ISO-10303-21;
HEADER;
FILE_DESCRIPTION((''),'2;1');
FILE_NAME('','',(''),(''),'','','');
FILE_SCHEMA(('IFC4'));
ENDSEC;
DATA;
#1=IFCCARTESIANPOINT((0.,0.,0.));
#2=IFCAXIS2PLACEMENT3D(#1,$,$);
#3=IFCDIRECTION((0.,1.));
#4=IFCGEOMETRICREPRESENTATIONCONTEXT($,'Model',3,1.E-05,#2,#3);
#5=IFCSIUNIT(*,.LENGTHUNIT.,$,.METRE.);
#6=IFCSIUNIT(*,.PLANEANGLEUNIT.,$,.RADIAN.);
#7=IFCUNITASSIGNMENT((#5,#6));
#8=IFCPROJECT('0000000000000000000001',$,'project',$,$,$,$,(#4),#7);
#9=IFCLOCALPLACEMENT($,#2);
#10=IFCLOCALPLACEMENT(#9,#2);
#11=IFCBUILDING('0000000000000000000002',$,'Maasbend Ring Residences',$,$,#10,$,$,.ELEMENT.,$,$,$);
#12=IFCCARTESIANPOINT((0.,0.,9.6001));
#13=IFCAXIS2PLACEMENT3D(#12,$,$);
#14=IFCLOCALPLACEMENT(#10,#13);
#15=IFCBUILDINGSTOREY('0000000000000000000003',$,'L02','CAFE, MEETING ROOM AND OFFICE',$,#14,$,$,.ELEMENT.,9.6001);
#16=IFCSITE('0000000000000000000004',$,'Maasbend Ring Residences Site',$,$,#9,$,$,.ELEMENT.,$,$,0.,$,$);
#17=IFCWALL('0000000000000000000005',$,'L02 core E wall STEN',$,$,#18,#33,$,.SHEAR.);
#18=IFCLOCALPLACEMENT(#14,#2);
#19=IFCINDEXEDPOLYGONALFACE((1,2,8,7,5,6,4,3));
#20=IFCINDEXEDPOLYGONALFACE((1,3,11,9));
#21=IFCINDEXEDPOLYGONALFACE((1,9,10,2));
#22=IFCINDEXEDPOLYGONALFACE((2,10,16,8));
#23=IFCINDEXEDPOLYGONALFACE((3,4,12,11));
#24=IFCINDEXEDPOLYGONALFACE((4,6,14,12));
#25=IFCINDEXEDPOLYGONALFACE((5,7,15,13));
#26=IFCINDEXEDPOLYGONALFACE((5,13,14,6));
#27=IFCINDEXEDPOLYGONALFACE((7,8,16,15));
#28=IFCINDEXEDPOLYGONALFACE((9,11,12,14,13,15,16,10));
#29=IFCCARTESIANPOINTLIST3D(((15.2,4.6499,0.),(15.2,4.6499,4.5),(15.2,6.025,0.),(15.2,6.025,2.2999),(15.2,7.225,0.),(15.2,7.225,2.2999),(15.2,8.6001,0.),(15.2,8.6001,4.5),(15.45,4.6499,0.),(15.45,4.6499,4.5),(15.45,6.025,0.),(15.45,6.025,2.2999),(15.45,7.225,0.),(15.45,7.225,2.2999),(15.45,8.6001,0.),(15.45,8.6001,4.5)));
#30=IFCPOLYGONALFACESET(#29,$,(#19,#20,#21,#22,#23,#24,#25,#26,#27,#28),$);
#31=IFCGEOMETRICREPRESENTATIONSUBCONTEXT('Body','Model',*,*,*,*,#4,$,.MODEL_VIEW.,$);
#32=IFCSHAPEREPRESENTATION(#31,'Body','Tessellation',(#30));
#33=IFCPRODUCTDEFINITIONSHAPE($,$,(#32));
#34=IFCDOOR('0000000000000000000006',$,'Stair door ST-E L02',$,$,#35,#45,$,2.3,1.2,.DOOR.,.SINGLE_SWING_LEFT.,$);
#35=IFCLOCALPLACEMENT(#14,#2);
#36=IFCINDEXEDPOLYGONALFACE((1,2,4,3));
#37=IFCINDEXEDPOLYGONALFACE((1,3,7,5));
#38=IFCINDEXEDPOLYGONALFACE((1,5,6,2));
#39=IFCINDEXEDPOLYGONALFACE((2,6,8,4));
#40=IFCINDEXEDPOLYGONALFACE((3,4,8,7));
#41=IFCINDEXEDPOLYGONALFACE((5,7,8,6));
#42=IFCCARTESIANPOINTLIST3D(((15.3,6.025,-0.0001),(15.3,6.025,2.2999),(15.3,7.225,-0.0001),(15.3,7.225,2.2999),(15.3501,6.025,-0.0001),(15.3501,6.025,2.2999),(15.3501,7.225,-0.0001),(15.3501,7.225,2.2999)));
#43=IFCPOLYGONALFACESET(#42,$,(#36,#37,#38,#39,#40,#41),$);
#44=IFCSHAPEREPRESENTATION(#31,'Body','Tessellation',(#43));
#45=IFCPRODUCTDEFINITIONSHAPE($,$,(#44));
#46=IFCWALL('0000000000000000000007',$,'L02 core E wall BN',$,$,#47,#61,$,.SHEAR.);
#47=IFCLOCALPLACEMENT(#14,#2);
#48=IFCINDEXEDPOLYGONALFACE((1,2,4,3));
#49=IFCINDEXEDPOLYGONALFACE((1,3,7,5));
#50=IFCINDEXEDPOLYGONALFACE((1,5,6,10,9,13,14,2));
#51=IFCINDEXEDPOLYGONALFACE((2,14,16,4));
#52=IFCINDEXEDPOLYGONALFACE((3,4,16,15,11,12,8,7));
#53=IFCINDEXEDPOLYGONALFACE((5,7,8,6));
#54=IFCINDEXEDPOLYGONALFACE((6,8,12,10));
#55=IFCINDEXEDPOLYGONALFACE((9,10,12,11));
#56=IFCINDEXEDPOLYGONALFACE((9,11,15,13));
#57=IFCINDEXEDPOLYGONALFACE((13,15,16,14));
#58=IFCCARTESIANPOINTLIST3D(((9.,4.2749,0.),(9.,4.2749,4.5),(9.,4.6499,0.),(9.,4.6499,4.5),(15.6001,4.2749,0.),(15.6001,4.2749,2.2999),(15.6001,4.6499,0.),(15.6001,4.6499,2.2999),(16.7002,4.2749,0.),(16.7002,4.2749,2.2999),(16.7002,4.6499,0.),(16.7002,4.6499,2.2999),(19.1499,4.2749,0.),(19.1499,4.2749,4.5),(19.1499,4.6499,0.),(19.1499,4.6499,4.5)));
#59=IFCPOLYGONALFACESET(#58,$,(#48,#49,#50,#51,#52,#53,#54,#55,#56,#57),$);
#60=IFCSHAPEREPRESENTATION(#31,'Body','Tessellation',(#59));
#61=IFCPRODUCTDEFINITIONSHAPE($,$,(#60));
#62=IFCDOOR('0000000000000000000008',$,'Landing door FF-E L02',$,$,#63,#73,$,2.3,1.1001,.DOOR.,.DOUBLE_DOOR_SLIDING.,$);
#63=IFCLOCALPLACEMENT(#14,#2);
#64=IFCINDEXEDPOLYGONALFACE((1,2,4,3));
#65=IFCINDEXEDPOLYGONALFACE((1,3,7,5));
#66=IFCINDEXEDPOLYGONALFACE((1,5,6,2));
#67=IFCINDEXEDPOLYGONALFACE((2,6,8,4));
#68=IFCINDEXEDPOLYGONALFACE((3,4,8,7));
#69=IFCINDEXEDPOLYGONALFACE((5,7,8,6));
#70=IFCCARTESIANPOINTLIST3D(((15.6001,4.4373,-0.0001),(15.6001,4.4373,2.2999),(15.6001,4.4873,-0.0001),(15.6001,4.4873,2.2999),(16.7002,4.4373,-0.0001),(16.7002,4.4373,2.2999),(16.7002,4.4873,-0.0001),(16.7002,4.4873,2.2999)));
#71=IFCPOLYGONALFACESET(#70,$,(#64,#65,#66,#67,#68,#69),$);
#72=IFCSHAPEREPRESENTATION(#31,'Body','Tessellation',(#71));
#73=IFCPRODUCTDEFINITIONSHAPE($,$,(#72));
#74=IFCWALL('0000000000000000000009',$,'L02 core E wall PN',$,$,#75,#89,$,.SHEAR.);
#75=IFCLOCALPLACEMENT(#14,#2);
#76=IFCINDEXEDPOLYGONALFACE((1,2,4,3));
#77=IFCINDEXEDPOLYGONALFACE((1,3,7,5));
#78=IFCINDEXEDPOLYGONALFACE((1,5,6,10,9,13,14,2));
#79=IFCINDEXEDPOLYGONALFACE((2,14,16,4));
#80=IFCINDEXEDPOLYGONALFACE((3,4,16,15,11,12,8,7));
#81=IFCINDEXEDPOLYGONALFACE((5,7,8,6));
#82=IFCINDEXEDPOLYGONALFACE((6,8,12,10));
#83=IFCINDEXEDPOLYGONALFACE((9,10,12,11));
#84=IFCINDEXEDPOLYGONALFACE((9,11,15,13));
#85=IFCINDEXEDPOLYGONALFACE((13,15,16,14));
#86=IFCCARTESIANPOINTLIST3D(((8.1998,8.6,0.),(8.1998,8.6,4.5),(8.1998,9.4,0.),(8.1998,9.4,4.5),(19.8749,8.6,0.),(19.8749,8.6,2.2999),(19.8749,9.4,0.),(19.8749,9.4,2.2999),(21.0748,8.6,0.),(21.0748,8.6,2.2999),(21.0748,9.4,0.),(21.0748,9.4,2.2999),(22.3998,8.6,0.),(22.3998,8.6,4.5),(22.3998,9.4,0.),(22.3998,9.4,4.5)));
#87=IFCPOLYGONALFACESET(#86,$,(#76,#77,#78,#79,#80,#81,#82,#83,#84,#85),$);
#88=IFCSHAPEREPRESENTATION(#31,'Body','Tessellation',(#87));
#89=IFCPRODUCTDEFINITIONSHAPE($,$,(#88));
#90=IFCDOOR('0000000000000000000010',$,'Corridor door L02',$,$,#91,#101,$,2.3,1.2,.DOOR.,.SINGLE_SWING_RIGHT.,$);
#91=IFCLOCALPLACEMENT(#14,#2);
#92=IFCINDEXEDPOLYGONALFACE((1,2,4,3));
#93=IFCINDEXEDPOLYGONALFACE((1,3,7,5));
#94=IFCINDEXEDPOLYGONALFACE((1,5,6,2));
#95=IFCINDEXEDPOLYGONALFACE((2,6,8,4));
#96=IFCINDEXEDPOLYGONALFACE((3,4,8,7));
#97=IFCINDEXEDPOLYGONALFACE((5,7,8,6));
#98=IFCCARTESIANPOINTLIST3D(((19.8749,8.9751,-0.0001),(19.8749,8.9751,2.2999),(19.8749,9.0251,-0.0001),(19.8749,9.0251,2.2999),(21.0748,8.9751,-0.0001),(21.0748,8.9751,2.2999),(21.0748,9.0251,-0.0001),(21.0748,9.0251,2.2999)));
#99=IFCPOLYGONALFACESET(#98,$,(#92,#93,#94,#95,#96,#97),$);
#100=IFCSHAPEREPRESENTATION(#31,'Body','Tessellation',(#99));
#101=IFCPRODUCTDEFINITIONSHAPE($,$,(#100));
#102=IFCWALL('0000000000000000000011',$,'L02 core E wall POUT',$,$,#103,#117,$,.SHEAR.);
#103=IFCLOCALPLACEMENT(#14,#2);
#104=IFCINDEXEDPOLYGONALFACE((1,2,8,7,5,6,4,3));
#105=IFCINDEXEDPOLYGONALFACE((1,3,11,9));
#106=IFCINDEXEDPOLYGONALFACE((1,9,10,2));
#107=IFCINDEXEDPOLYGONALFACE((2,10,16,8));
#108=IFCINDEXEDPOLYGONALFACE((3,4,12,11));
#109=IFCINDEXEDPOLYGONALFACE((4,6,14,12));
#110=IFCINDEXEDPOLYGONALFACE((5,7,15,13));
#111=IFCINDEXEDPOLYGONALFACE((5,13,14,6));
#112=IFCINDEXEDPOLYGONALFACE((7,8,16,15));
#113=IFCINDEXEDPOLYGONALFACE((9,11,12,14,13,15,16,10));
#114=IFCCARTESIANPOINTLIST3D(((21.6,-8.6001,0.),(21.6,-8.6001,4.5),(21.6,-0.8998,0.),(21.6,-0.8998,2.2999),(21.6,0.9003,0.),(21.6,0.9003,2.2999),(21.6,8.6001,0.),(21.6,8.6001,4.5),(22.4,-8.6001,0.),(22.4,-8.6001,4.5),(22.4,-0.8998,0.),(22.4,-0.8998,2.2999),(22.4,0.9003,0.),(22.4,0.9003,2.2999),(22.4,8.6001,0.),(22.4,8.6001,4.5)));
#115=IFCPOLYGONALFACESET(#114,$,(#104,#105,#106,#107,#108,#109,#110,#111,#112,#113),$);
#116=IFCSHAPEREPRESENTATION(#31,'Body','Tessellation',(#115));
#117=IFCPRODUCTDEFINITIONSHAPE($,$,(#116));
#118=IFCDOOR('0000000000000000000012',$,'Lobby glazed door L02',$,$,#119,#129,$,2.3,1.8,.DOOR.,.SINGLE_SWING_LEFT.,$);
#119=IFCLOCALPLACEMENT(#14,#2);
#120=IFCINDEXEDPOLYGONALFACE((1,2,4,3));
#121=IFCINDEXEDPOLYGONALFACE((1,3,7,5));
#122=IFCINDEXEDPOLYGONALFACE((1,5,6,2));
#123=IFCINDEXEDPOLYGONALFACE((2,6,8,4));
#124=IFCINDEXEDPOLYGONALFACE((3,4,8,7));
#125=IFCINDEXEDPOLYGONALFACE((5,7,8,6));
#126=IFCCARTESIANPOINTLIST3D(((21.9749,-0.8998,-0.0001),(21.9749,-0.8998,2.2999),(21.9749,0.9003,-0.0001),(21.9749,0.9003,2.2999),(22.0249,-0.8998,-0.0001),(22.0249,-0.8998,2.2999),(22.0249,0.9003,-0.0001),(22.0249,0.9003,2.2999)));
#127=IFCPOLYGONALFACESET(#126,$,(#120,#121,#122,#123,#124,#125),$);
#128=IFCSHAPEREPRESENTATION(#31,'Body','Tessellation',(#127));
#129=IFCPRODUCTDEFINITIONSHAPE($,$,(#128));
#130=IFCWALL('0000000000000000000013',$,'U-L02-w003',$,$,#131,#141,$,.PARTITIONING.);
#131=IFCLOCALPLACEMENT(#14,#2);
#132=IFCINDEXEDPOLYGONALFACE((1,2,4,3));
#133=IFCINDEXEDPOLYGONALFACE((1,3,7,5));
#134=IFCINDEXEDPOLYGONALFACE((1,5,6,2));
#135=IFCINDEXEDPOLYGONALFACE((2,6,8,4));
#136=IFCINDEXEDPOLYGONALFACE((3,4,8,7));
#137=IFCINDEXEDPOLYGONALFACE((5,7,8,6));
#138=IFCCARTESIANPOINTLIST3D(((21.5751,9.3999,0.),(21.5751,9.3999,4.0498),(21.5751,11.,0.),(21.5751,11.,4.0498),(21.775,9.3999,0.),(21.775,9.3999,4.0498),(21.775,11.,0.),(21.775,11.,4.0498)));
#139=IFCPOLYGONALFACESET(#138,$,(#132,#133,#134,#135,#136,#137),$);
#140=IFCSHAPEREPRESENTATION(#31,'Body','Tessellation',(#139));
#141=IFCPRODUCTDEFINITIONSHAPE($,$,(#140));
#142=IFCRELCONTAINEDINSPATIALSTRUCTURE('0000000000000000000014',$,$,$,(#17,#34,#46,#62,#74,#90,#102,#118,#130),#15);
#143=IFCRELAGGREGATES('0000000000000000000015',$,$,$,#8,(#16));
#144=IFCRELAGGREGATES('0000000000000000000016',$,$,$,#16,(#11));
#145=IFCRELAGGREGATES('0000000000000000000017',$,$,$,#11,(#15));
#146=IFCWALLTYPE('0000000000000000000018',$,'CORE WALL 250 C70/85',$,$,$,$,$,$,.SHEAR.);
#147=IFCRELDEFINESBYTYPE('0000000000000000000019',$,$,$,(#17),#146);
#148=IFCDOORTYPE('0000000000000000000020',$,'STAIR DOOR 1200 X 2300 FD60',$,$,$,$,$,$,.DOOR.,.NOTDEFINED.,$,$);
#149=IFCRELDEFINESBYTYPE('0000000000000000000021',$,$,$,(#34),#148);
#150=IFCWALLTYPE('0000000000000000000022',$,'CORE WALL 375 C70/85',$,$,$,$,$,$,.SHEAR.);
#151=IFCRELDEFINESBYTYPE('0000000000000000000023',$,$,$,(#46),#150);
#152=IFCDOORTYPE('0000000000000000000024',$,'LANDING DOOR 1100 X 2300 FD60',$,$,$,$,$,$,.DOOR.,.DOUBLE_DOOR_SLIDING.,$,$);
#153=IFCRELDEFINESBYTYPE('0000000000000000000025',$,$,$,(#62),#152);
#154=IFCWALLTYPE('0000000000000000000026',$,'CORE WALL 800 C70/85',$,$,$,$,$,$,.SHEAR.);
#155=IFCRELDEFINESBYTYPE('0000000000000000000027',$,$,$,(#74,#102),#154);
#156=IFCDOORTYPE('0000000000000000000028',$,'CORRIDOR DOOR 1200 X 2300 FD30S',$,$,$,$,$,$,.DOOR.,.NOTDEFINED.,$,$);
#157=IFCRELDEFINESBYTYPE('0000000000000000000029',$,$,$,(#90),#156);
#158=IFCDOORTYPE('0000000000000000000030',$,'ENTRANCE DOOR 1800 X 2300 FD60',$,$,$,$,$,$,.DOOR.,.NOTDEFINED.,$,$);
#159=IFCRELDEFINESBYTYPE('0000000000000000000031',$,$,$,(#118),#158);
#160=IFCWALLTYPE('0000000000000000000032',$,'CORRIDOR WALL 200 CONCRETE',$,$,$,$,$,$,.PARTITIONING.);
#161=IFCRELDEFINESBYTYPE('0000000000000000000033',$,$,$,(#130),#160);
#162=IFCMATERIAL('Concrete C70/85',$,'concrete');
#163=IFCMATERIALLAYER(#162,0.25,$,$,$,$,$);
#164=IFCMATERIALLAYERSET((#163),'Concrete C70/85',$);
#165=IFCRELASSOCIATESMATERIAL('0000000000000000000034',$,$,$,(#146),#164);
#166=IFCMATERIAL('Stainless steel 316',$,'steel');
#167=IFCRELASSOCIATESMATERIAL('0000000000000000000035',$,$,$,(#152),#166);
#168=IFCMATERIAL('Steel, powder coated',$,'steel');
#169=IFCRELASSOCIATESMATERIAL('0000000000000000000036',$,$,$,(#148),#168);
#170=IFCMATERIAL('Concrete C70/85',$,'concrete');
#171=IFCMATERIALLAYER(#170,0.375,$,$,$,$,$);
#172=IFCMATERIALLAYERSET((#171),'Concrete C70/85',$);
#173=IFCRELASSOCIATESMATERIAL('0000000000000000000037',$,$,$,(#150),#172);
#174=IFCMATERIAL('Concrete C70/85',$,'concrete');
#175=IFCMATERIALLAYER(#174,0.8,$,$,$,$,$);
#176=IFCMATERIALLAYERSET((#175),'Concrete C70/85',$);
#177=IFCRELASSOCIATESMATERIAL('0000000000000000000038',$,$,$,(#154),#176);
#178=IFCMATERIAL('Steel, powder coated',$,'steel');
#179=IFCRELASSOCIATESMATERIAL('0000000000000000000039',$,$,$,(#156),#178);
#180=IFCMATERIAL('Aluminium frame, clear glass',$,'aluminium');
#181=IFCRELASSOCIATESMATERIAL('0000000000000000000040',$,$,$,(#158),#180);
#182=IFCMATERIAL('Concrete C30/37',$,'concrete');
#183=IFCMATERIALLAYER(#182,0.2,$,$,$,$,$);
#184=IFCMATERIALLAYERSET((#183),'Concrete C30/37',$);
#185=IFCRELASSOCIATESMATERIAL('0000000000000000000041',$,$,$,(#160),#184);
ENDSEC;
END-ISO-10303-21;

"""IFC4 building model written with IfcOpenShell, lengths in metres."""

from ifc_helpers import new_model, si_unit, direction, frame, frame_2d, origin, place, context, subcontext, project, spatial, rectangle, extrude, material, layer, layer_set, type_object, element, fill, save


model = new_model("IFC4")

# Units and contexts
model_context = context("Model", 3, precision=1e-05, world=origin(), true_north=direction((0.0, 1.0)))
body_context = subcontext(model_context, "Body", "Model", "MODEL_VIEW")
ifc_project = project(units=[si_unit("LENGTHUNIT", "METRE"), si_unit("PLANEANGLEUNIT", "RADIAN")], contexts=[model_context])

# Site, building, storey
site_placement = place(None, origin())
site = spatial("IfcSite", under=ifc_project, at=site_placement, Name="Maasbend Ring Residences Site", CompositionType="ELEMENT", RefElevation=0.0)
building_placement = place(site_placement, origin())
building = spatial("IfcBuilding", under=site, at=building_placement, Name="Maasbend Ring Residences", CompositionType="ELEMENT")
storey_placement = place(building_placement, frame((0.0, 0.0, 9.6001)))
storey = spatial("IfcBuildingStorey", under=building, at=storey_placement, Name="L02", Description="CAFE, MEETING ROOM AND OFFICE", CompositionType="ELEMENT", Elevation=9.6001)

# Shared definitions
ifc_material_1 = material(Name="Concrete C70/85", Category="concrete")
ifc_layer_1 = layer(ifc_material_1, 0.25)
ifc_layer_set_1 = layer_set([ifc_layer_1], Name="Concrete C70/85")
wall_type_1 = type_object("IfcWallType", Name="CORE WALL 250 C70/85", PredefinedType="SHEAR", material=ifc_layer_set_1)
ifc_material_2 = material(Name="Stainless steel 316", Category="steel")
door_type_1 = type_object("IfcDoorType", Name="LANDING DOOR 1100 X 2300 FD60", OperationType="DOUBLE_DOOR_SLIDING", PredefinedType="DOOR", material=ifc_material_2)

# Walls, openings, doors
wall_1_placement = place(storey_placement, frame((15.325, 4.6499, 0.0), z_axis=(0.0, 0.0, 1.0), x_axis=(0.0, 1.0, 0.0)))
wall_1 = element("IfcWall", 1, at=wall_1_placement, inside=storey, type_object=wall_type_1, Name="L02 core E wall STEN", PredefinedType="SHEAR", context=body_context, shape_type="SweptSolid", body=[
    extrude(rectangle(XDim=3.9502, YDim=0.25, at=frame_2d((1.9751, 0.0))), origin(), (0.0, 0.0, 1.0), 4.5),
])
opening_1_placement = place(wall_1_placement, frame((1.375, 0.0, 0.0)))
opening_1 = element("IfcOpeningElement", 2, at=opening_1_placement, cuts=wall_1, PredefinedType="OPENING", context=body_context, shape_type="SweptSolid", body=[
    extrude(rectangle(XDim=1.2, YDim=2.3, at=frame_2d((0.6001, 1.1499))), frame((0.0, 0.135, 0.0), z_axis=(0.0, -1.0, 0.0), x_axis=(1.0, 0.0, 0.0)), (0.0, 0.0, 1.0), 0.27),
])
ifc_material_3 = material(Name="Steel, powder coated", Category="steel")
door_type_2 = type_object("IfcDoorType", Name="STAIR DOOR 1200 X 2300 FD60", OperationType="NOTDEFINED", PredefinedType="DOOR", material=ifc_material_3)
door_1_placement = place(opening_1_placement, origin())
door_1 = element("IfcDoor", 3, at=door_1_placement, inside=storey, type_object=door_type_2, Name="Stair door ST-E L02", OperationType="SINGLE_SWING_LEFT", OverallHeight=2.3, OverallWidth=1.2, PredefinedType="DOOR", context=body_context, shape_type="SweptSolid", body=[
    extrude(rectangle(XDim=1.2, YDim=2.3, at=frame_2d((0.6001, 1.1499))), frame((0.0, 0.0249, 0.0), z_axis=(0.0, -1.0, 0.0), x_axis=(1.0, 0.0, 0.0)), (0.0, 0.0, 1.0), 0.05),
])
fill(opening_1, door_1)
ifc_material_4 = material(Name="Concrete C70/85", Category="concrete")
ifc_layer_2 = layer(ifc_material_4, 0.375)
ifc_layer_set_2 = layer_set([ifc_layer_2], Name="Concrete C70/85")
wall_type_2 = type_object("IfcWallType", Name="CORE WALL 375 C70/85", PredefinedType="SHEAR", material=ifc_layer_set_2)
wall_2_placement = place(storey_placement, frame((9.0, 4.4624, 0.0), z_axis=(0.0, 0.0, 1.0), x_axis=(1.0, 0.0, 0.0)))
wall_2 = element("IfcWall", 4, at=wall_2_placement, inside=storey, type_object=wall_type_2, Name="L02 core E wall BN", PredefinedType="SHEAR", context=body_context, shape_type="SweptSolid", body=[
    extrude(rectangle(XDim=10.1499, YDim=0.375, at=frame_2d((5.075, 0.0))), origin(), (0.0, 0.0, 1.0), 4.5),
])
opening_2_placement = place(wall_2_placement, frame((6.6001, 0.0, 0.0)))
opening_2 = element("IfcOpeningElement", 5, at=opening_2_placement, cuts=wall_2, PredefinedType="OPENING", context=body_context, shape_type="SweptSolid", body=[
    extrude(rectangle(XDim=1.1001, YDim=2.3, at=frame_2d((0.55, 1.1499))), frame((0.0, 0.1975, 0.0), z_axis=(0.0, -1.0, 0.0), x_axis=(1.0, 0.0, 0.0)), (0.0, 0.0, 1.0), 0.395),
])
door_2_placement = place(opening_2_placement, origin())
door_2 = element("IfcDoor", 6, at=door_2_placement, inside=storey, type_object=door_type_1, Name="Landing door FF-E L02", OperationType="DOUBLE_DOOR_SLIDING", OverallHeight=2.3, OverallWidth=1.1001, PredefinedType="DOOR", context=body_context, shape_type="SweptSolid", body=[
    extrude(rectangle(XDim=1.1001, YDim=2.3, at=frame_2d((0.55, 1.1499))), frame((0.0, 0.0249, 0.0), z_axis=(0.0, -1.0, 0.0), x_axis=(1.0, 0.0, 0.0)), (0.0, 0.0, 1.0), 0.05),
])
fill(opening_2, door_2)
ifc_material_5 = material(Name="Concrete C70/85", Category="concrete")
ifc_layer_3 = layer(ifc_material_5, 0.8)
ifc_layer_set_3 = layer_set([ifc_layer_3], Name="Concrete C70/85")
wall_type_3 = type_object("IfcWallType", Name="CORE WALL 800 C70/85", PredefinedType="SHEAR", material=ifc_layer_set_3)
wall_3_placement = place(storey_placement, frame((22.3999, 9.0, 0.0), z_axis=(0.0, 0.0, 1.0), x_axis=(-1.0, 0.0, 0.0)))
wall_3 = element("IfcWall", 7, at=wall_3_placement, inside=storey, type_object=wall_type_3, Name="L02 core E wall PN", PredefinedType="SHEAR", context=body_context, shape_type="SweptSolid", body=[
    extrude(rectangle(XDim=14.2, YDim=0.8, at=frame_2d((7.1001, 0.0))), origin(), (0.0, 0.0, 1.0), 4.5),
])
opening_3_placement = place(wall_3_placement, frame((1.325, 0.0, 0.0)))
opening_3 = element("IfcOpeningElement", 8, at=opening_3_placement, cuts=wall_3, PredefinedType="OPENING", context=body_context, shape_type="SweptSolid", body=[
    extrude(rectangle(XDim=1.2, YDim=2.3, at=frame_2d((0.6001, 1.1499))), frame((0.0, 0.4102, 0.0), z_axis=(0.0, -1.0, 0.0), x_axis=(1.0, 0.0, 0.0)), (0.0, 0.0, 1.0), 0.8201),
])
ifc_material_6 = material(Name="Steel, powder coated", Category="steel")
door_type_3 = type_object("IfcDoorType", Name="CORRIDOR DOOR 1200 X 2300 FD30S", OperationType="NOTDEFINED", PredefinedType="DOOR", material=ifc_material_6)
door_3_placement = place(opening_3_placement, origin())
door_3 = element("IfcDoor", 9, at=door_3_placement, inside=storey, type_object=door_type_3, Name="Corridor door L02", OperationType="SINGLE_SWING_RIGHT", OverallHeight=2.3, OverallWidth=1.2, PredefinedType="DOOR", context=body_context, shape_type="SweptSolid", body=[
    extrude(rectangle(XDim=1.2, YDim=2.3, at=frame_2d((0.6001, 1.1499))), frame((0.0, 0.0249, 0.0), z_axis=(0.0, -1.0, 0.0), x_axis=(1.0, 0.0, 0.0)), (0.0, 0.0, 1.0), 0.05),
])
fill(opening_3, door_3)
wall_4_placement = place(storey_placement, frame((22.0, 8.6001, 0.0), z_axis=(0.0, 0.0, 1.0), x_axis=(0.0, -1.0, 0.0)))
wall_4 = element("IfcWall", 10, at=wall_4_placement, inside=storey, type_object=wall_type_3, Name="L02 core E wall POUT", PredefinedType="SHEAR", context=body_context, shape_type="SweptSolid", body=[
    extrude(rectangle(XDim=17.2002, YDim=0.8, at=frame_2d((8.6001, 0.0))), origin(), (0.0, 0.0, 1.0), 4.5),
])
opening_4_placement = place(wall_4_placement, frame((7.7, 0.0, 0.0)))
opening_4 = element("IfcOpeningElement", 11, at=opening_4_placement, cuts=wall_4, PredefinedType="OPENING", context=body_context, shape_type="SweptSolid", body=[
    extrude(rectangle(XDim=1.8, YDim=2.3, at=frame_2d((0.8999, 1.1499))), frame((0.0, 0.4102, 0.0), z_axis=(0.0, -1.0, 0.0), x_axis=(1.0, 0.0, 0.0)), (0.0, 0.0, 1.0), 0.8201),
])
ifc_material_7 = material(Name="Aluminium frame, clear glass", Category="aluminium")
door_type_4 = type_object("IfcDoorType", Name="ENTRANCE DOOR 1800 X 2300 FD60", OperationType="NOTDEFINED", PredefinedType="DOOR", material=ifc_material_7)
door_4_placement = place(opening_4_placement, origin())
door_4 = element("IfcDoor", 12, at=door_4_placement, inside=storey, type_object=door_type_4, Name="Lobby glazed door L02", OperationType="SINGLE_SWING_LEFT", OverallHeight=2.3, OverallWidth=1.8, PredefinedType="DOOR", context=body_context, shape_type="SweptSolid", body=[
    extrude(rectangle(XDim=1.8, YDim=2.3, at=frame_2d((0.8999, 1.1499))), frame((0.0, 0.0249, 0.0), z_axis=(0.0, -1.0, 0.0), x_axis=(1.0, 0.0, 0.0)), (0.0, 0.0, 1.0), 0.05),
])
fill(opening_4, door_4)

# Wall
ifc_material_8 = material(Name="Concrete C30/37", Category="concrete")
ifc_layer_4 = layer(ifc_material_8, 0.2)
ifc_layer_set_4 = layer_set([ifc_layer_4], Name="Concrete C30/37")
wall_type_4 = type_object("IfcWallType", Name="CORRIDOR WALL 200 CONCRETE", PredefinedType="PARTITIONING", material=ifc_layer_set_4)
wall_5_placement = place(storey_placement, frame((21.675, 9.3999, 0.0), z_axis=(0.0, 0.0, 1.0), x_axis=(0.0, 1.0, 0.0)))
element("IfcWall", 13, at=wall_5_placement, inside=storey, type_object=wall_type_4, Name="U-L02-w003", PredefinedType="PARTITIONING", context=body_context, shape_type="SweptSolid", body=[
    extrude(rectangle(XDim=1.6001, YDim=0.2, at=frame_2d((0.8, 0.0))), origin(), (0.0, 0.0, 1.0), 4.0498),
])

save(model, "model.ifc")
